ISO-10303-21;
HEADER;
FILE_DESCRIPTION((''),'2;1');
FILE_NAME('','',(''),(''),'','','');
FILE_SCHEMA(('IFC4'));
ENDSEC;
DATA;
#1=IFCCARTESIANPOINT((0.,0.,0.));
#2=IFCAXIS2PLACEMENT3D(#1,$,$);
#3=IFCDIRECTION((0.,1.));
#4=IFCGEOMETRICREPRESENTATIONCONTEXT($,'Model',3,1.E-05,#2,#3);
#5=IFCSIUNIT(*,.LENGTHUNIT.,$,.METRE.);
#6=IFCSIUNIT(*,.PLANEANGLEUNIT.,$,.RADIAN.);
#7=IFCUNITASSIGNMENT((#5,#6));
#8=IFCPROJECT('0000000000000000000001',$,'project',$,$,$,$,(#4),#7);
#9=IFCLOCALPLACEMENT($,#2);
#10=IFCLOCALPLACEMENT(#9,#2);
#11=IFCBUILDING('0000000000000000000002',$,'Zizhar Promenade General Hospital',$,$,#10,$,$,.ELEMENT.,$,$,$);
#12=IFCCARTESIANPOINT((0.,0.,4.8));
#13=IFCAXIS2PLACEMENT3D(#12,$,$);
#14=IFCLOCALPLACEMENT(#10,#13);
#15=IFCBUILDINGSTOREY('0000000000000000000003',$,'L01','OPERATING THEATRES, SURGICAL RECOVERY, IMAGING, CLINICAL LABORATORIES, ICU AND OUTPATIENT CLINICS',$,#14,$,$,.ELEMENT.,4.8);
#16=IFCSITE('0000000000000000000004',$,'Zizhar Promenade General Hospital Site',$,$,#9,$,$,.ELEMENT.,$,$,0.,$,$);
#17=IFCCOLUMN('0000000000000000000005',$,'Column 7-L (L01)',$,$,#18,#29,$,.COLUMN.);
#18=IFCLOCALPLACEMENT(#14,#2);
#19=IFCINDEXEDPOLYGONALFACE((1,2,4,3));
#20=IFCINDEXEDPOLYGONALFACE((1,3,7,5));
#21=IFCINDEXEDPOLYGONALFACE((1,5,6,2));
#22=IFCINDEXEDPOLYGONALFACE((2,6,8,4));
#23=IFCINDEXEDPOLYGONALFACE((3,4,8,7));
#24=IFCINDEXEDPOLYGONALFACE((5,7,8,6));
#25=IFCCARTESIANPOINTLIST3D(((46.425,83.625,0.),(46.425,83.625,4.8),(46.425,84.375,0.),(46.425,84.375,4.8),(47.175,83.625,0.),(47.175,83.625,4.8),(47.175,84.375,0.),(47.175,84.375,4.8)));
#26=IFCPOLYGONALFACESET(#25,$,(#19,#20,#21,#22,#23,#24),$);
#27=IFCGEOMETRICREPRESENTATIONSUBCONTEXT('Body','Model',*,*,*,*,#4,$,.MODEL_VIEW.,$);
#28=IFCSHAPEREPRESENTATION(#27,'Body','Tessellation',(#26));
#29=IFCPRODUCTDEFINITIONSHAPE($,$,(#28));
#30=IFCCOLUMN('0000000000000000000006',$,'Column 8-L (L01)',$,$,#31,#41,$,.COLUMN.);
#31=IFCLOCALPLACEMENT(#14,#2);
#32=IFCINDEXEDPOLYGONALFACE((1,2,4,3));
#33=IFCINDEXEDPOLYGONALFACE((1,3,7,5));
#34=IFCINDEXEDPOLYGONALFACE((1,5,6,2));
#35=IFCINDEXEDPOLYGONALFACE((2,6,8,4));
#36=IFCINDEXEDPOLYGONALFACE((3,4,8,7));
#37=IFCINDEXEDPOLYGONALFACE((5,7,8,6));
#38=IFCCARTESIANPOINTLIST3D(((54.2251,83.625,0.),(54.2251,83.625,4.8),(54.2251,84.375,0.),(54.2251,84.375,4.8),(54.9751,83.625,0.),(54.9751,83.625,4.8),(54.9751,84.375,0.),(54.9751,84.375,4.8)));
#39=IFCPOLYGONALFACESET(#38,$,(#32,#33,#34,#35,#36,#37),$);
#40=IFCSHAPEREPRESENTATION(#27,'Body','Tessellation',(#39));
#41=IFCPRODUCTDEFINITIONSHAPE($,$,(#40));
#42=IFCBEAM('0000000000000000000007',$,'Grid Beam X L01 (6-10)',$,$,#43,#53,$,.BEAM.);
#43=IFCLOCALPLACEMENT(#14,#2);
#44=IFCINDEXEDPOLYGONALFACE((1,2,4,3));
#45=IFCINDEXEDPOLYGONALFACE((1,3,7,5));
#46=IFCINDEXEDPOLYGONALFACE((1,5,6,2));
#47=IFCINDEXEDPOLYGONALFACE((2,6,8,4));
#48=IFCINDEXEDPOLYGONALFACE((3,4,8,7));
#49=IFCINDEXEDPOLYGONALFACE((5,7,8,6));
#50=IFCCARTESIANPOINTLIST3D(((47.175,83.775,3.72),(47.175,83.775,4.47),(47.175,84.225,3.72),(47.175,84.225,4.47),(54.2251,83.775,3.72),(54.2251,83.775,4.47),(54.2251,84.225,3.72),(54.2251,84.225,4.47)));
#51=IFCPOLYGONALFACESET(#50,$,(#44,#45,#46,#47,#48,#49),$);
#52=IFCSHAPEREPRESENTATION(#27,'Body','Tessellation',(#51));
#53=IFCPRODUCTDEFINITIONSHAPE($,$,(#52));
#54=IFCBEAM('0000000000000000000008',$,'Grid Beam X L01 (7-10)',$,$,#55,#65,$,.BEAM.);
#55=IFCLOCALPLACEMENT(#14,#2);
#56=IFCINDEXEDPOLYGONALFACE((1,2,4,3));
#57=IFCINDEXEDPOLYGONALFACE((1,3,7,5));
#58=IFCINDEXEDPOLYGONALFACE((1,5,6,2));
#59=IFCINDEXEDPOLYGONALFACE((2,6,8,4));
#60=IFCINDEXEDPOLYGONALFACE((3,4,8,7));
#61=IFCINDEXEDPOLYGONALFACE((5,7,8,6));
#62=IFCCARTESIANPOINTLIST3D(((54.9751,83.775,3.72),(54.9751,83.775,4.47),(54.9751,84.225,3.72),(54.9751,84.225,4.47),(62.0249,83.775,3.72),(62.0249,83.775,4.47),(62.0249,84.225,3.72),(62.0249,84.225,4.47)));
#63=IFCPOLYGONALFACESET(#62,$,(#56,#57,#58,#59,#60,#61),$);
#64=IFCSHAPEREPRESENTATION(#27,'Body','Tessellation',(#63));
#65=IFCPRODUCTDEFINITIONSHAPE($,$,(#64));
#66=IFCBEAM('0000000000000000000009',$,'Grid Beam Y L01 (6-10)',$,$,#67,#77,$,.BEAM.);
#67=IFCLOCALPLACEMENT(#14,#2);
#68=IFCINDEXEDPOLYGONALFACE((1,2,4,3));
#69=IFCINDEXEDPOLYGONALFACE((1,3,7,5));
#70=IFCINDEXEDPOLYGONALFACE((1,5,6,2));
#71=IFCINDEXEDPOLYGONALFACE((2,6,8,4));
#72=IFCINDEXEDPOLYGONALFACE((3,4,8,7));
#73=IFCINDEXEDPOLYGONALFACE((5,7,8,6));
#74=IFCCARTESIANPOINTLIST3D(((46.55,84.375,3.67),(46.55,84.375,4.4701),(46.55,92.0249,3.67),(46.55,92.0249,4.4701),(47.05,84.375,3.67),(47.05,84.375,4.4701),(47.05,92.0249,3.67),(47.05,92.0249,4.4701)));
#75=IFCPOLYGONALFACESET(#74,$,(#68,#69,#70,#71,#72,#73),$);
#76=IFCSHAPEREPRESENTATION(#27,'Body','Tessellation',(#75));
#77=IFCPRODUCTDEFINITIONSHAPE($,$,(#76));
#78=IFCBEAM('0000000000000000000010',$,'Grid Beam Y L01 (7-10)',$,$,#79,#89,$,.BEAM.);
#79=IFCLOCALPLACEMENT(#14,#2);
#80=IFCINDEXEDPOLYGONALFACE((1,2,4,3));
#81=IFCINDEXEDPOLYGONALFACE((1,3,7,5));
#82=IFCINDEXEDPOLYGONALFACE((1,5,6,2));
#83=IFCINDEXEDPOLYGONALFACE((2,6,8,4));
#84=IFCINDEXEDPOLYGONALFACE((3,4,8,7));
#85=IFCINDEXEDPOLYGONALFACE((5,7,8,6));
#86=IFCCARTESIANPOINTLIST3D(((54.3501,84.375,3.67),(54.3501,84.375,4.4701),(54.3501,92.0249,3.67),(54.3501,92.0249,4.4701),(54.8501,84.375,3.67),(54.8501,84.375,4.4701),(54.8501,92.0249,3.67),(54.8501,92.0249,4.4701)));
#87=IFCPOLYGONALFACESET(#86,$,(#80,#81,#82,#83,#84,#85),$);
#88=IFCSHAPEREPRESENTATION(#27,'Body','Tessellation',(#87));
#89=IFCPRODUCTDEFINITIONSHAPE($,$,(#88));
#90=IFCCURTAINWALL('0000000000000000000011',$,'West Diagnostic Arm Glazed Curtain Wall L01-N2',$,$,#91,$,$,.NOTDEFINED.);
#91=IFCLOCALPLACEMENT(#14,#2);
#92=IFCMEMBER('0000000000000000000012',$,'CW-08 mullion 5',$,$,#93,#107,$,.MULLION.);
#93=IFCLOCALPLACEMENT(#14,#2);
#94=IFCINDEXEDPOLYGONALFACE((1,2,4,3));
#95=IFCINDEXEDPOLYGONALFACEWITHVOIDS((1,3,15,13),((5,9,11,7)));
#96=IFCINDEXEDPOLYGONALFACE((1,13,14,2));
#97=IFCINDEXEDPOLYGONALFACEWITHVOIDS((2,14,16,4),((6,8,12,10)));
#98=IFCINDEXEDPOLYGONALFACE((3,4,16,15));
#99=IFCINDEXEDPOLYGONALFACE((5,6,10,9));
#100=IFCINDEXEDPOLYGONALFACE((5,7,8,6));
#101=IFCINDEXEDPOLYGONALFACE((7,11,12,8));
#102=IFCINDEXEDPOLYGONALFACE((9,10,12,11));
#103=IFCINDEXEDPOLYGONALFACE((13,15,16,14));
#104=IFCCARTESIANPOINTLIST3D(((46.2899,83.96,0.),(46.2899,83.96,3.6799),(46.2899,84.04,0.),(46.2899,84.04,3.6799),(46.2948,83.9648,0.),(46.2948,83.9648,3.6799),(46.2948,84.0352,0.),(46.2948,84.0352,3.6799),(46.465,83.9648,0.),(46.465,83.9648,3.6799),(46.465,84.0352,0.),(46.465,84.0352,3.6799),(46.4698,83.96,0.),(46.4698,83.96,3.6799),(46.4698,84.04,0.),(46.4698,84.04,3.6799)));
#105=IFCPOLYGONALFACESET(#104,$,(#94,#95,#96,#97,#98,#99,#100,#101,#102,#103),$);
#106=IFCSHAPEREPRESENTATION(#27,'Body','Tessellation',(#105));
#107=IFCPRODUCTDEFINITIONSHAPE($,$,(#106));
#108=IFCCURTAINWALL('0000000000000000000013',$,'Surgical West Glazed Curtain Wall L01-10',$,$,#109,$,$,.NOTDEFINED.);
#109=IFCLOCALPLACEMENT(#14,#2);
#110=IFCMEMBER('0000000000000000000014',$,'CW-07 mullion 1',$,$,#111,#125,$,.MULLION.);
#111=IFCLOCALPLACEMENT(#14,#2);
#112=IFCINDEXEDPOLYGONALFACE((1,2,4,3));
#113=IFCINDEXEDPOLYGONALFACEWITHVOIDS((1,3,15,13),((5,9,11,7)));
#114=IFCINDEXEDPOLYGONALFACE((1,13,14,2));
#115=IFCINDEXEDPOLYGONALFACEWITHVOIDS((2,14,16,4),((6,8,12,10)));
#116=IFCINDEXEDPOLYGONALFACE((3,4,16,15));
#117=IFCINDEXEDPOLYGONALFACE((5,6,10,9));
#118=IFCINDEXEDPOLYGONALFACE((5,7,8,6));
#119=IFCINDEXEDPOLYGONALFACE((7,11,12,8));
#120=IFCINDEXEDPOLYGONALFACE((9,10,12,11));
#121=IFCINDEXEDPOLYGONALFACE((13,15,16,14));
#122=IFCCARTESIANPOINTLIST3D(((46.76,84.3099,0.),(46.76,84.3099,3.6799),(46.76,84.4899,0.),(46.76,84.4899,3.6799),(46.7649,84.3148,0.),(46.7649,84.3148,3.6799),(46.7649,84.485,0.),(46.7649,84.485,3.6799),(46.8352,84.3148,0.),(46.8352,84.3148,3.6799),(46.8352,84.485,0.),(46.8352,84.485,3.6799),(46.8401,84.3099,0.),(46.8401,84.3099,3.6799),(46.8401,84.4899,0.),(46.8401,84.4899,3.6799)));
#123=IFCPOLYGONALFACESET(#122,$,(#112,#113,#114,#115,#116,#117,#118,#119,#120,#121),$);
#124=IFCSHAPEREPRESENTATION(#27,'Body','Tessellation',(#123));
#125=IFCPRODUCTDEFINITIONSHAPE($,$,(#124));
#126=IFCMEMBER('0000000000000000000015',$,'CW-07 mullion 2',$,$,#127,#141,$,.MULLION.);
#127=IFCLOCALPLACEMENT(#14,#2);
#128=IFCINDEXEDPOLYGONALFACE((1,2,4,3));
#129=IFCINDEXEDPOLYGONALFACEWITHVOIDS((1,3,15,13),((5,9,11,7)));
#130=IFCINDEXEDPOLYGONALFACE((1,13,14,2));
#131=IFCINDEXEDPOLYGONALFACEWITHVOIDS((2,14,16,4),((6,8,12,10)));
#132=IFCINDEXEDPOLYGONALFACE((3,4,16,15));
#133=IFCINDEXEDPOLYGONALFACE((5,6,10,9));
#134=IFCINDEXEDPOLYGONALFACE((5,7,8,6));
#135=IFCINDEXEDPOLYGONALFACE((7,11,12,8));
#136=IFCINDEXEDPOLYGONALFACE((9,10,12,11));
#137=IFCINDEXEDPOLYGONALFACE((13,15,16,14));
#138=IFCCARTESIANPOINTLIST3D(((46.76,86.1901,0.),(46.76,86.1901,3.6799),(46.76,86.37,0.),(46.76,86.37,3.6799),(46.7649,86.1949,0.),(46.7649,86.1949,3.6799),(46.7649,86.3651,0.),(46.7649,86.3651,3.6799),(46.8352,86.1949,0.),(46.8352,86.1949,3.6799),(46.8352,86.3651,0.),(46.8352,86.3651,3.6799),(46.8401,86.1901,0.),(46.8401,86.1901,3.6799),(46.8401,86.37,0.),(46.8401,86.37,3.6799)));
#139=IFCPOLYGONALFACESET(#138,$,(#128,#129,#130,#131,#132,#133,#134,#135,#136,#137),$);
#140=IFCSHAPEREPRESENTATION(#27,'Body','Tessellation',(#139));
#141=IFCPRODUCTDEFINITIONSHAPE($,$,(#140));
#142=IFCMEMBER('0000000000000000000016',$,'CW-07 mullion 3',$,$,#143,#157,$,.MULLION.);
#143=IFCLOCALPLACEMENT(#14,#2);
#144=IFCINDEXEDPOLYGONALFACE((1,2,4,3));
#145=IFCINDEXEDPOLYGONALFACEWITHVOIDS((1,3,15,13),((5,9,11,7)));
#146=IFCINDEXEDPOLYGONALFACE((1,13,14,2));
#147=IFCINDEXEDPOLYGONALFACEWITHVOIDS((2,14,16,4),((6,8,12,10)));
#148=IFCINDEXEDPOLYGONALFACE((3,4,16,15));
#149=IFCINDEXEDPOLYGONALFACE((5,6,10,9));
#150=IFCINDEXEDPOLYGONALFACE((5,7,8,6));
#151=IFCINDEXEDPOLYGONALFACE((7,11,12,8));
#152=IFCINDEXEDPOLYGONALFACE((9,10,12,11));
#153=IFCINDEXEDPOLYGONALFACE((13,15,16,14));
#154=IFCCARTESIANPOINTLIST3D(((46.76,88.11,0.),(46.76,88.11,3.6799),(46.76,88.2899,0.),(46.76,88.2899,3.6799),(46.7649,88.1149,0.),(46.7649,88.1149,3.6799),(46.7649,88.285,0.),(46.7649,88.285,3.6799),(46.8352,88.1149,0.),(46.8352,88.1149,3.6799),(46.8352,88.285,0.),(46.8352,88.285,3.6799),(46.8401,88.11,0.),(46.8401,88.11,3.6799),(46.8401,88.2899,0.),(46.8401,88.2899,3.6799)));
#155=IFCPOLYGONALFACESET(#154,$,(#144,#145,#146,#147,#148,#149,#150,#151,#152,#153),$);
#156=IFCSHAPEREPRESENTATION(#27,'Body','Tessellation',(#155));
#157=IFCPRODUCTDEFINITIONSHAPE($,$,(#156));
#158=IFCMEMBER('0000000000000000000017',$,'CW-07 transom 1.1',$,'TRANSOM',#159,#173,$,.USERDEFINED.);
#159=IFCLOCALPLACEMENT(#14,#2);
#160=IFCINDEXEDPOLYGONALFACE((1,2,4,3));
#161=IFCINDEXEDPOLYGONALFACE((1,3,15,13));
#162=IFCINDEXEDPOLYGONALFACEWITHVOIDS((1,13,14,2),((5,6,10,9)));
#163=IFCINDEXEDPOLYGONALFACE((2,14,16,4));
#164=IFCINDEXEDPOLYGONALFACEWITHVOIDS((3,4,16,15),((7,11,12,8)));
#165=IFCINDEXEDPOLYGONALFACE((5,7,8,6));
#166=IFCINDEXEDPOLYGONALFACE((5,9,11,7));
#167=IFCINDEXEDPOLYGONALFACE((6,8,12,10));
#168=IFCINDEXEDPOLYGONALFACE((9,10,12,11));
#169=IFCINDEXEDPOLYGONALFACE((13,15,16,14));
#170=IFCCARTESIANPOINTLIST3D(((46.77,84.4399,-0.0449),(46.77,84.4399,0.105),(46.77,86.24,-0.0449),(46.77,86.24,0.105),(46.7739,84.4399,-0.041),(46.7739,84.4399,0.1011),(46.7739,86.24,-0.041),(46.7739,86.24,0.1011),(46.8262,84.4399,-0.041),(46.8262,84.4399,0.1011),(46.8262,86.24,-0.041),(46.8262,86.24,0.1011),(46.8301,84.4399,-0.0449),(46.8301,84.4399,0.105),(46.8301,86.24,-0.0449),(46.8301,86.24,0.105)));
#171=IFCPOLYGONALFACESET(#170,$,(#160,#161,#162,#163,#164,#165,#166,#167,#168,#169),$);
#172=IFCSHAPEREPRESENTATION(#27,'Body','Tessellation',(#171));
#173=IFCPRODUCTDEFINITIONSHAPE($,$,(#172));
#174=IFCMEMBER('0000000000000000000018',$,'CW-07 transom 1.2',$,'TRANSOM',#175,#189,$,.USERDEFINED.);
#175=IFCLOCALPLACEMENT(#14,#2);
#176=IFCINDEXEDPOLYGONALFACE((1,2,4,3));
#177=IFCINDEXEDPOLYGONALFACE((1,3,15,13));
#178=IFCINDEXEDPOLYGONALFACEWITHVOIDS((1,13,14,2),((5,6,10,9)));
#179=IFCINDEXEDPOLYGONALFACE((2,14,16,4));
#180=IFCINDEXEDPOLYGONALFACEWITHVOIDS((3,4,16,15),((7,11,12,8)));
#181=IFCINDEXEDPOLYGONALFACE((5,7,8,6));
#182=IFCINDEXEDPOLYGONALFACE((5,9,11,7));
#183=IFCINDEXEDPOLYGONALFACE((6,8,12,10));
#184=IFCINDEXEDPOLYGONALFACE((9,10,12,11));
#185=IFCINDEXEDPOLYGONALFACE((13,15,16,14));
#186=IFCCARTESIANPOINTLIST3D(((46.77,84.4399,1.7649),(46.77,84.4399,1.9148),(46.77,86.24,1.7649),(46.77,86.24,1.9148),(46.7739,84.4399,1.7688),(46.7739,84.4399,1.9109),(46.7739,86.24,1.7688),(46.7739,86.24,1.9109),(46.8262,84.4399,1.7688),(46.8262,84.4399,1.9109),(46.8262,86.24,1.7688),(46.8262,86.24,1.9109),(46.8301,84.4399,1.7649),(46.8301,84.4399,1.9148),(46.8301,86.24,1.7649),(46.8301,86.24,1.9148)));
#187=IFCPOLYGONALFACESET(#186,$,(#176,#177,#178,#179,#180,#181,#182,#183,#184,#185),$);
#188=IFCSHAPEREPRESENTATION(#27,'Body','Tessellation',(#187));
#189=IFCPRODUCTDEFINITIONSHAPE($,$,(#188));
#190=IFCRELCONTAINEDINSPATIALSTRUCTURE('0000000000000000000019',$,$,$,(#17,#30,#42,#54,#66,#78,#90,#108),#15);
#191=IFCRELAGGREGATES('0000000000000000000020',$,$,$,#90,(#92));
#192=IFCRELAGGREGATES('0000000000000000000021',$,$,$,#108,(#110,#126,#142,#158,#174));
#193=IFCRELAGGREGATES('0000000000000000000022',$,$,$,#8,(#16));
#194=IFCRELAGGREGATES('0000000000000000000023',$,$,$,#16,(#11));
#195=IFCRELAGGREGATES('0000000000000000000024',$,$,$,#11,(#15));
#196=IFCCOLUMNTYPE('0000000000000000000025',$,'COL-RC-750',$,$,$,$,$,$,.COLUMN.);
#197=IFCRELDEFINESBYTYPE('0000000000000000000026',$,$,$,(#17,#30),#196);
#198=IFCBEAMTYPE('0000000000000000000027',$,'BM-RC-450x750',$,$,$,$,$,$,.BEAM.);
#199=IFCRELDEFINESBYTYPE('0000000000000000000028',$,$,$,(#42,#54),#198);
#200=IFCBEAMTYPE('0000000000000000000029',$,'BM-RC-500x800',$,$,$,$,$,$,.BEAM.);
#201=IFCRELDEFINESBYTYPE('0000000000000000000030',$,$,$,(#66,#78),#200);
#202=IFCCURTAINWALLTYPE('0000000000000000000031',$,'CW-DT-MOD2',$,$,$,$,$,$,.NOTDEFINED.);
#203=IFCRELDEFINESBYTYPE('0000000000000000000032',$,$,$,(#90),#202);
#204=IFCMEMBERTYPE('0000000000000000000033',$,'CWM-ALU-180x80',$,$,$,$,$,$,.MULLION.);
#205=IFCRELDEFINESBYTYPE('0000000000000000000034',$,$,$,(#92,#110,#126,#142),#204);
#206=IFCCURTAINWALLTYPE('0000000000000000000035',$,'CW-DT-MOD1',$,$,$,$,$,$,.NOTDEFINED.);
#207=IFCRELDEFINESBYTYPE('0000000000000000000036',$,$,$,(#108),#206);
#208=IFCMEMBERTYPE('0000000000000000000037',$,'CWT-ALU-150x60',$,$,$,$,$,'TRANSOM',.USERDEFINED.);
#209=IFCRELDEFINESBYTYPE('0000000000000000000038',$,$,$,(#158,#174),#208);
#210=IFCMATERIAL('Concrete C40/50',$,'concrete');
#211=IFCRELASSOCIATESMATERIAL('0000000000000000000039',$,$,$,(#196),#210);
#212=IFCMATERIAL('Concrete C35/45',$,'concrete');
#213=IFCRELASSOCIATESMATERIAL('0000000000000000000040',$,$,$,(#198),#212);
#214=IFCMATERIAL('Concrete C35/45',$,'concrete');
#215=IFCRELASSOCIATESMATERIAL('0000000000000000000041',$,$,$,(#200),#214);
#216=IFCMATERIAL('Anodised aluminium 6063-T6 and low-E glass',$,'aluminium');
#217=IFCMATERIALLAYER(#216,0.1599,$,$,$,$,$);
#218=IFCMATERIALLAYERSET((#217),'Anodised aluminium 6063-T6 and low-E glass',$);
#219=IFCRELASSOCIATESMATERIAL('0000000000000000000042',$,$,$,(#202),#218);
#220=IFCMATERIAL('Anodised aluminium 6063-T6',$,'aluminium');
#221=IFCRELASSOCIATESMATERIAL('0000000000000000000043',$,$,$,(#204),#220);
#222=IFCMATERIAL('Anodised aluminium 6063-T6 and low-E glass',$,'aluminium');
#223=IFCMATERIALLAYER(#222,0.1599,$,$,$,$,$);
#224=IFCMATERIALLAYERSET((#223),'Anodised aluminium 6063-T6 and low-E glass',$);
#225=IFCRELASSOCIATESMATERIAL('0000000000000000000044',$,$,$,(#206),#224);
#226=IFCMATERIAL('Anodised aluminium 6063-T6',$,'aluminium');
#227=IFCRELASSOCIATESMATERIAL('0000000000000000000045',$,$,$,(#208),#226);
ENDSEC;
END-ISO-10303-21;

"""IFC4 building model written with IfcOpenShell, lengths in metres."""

from ifc_helpers import new_model, si_unit, direction, frame, origin, origin_2d, place, context, subcontext, project, spatial, rectangle, hollow_rectangle, extrude, material, layer, layer_set, material_profile, profile_set, type_object, element, aggregate, save


model = new_model("IFC4")

# Units and contexts
model_context = context("Model", 3, precision=1e-05, world=origin(), true_north=direction((0.0, 1.0)))
body_context = subcontext(model_context, "Body", "Model", "MODEL_VIEW")
ifc_project = project(units=[si_unit("LENGTHUNIT", "METRE"), si_unit("PLANEANGLEUNIT", "RADIAN")], contexts=[model_context])

# Site, building, storey
site_placement = place(None, origin())
site = spatial("IfcSite", under=ifc_project, at=site_placement, Name="Zizhar Promenade General Hospital Site", CompositionType="ELEMENT", RefElevation=0.0)
building_placement = place(site_placement, origin())
building = spatial("IfcBuilding", under=site, at=building_placement, Name="Zizhar Promenade General Hospital", CompositionType="ELEMENT")
storey_placement = place(building_placement, frame((0.0, 0.0, 4.8)))
storey = spatial("IfcBuildingStorey", under=building, at=storey_placement, Name="L01", Description="OPERATING THEATRES, SURGICAL RECOVERY, IMAGING, CLINICAL LABORATORIES, ICU AND OUTPATIENT CLINICS", CompositionType="ELEMENT", Elevation=4.8)

# Columns
ifc_material_1 = material(Name="Concrete C40/50", Category="concrete")
ifc_material_profile_1 = material_profile(ifc_material_1, rectangle(XDim=0.75, YDim=0.75, at=origin_2d()))
ifc_profile_set_1 = profile_set([ifc_material_profile_1], Name="Concrete C40/50")
column_type = type_object("IfcColumnType", Name="COL-RC-750", PredefinedType="COLUMN", material=ifc_profile_set_1)
for number, where, z_axis, x_axis, name in (
    (1, (46.8, 84.0, 0.0), (0.0, 0.0, 1.0), (1.0, 0.0, 0.0), "Column 7-L (L01)"),
    (2, (54.6001, 84.0, 0.0), (0.0, 0.0, 1.0), (1.0, 0.0, 0.0), "Column 8-L (L01)"),
):
    element("IfcColumn", number, at=place(storey_placement, frame(where, z_axis=z_axis, x_axis=x_axis)), inside=storey, type_object=column_type, Name=name, PredefinedType="COLUMN", context=body_context, shape_type="SweptSolid", body=[
        extrude(rectangle(XDim=0.75, YDim=0.75, at=origin_2d()), origin(), (0.0, 0.0, 1.0), 4.8),
    ])

# Beams
ifc_material_2 = material(Name="Concrete C35/45", Category="concrete")
ifc_material_profile_2 = material_profile(ifc_material_2, rectangle(XDim=0.45, YDim=0.75, at=origin_2d()))
ifc_profile_set_2 = profile_set([ifc_material_profile_2], Name="Concrete C35/45")
beam_type_1 = type_object("IfcBeamType", Name="BM-RC-450x750", PredefinedType="BEAM", material=ifc_profile_set_2)
beam_1_placement = place(storey_placement, frame((47.175, 84.0, 4.095), z_axis=(1.0, 0.0, 0.0), x_axis=(0.0, 1.0, 0.0)))
element("IfcBeam", 3, at=beam_1_placement, inside=storey, type_object=beam_type_1, Name="Grid Beam X L01 (6-10)", PredefinedType="BEAM", context=body_context, shape_type="SweptSolid", body=[
    extrude(rectangle(XDim=0.45, YDim=0.75, at=origin_2d()), origin(), (0.0, 0.0, 1.0), 7.05),
])
beam_2_placement = place(storey_placement, frame((54.9751, 84.0, 4.095), z_axis=(1.0, 0.0, 0.0), x_axis=(0.0, 1.0, 0.0)))
element("IfcBeam", 4, at=beam_2_placement, inside=storey, type_object=beam_type_1, Name="Grid Beam X L01 (7-10)", PredefinedType="BEAM", context=body_context, shape_type="SweptSolid", body=[
    extrude(rectangle(XDim=0.45, YDim=0.75, at=origin_2d()), origin(), (0.0, 0.0, 1.0), 7.0498),
])
ifc_material_3 = material(Name="Concrete C35/45", Category="concrete")
ifc_material_profile_3 = material_profile(ifc_material_3, rectangle(XDim=0.5, YDim=0.8, at=origin_2d()))
ifc_profile_set_3 = profile_set([ifc_material_profile_3], Name="Concrete C35/45")
beam_type_2 = type_object("IfcBeamType", Name="BM-RC-500x800", PredefinedType="BEAM", material=ifc_profile_set_3)
for number, where, z_axis, x_axis, name in (
    (5, (46.8, 84.375, 4.0701), (0.0, 1.0, 0.0), (-1.0, 0.0, 0.0), "Grid Beam Y L01 (6-10)"),
    (6, (54.6001, 84.375, 4.0701), (0.0, 1.0, 0.0), (-1.0, 0.0, 0.0), "Grid Beam Y L01 (7-10)"),
):
    element("IfcBeam", number, at=place(storey_placement, frame(where, z_axis=z_axis, x_axis=x_axis)), inside=storey, type_object=beam_type_2, Name=name, PredefinedType="BEAM", context=body_context, shape_type="SweptSolid", body=[
        extrude(rectangle(XDim=0.5, YDim=0.8, at=origin_2d()), origin(), (0.0, 0.0, 1.0), 7.6499),
    ])

# Curtain wall, member
ifc_material_4 = material(Name="Anodised aluminium 6063-T6 and low-E glass", Category="aluminium")
ifc_layer_1 = layer(ifc_material_4, 0.1599)
ifc_layer_set_1 = layer_set([ifc_layer_1], Name="Anodised aluminium 6063-T6 and low-E glass")
curtain_wall_type_1 = type_object("IfcCurtainWallType", Name="CW-DT-MOD2", PredefinedType="NOTDEFINED", material=ifc_layer_set_1)
curtain_wall_1_placement = place(storey_placement, origin())
curtain_wall_1 = element("IfcCurtainWall", 7, at=curtain_wall_1_placement, inside=storey, type_object=curtain_wall_type_1, Name="West Diagnostic Arm Glazed Curtain Wall L01-N2", PredefinedType="NOTDEFINED")
ifc_material_5 = material(Name="Anodised aluminium 6063-T6", Category="aluminium")
ifc_material_profile_4 = material_profile(ifc_material_5, hollow_rectangle(XDim=0.0801, YDim=0.1799, WallThickness=0.0049, at=origin_2d()))
ifc_profile_set_4 = profile_set([ifc_material_profile_4], Name="Anodised aluminium 6063-T6")
member_type_1 = type_object("IfcMemberType", Name="CWM-ALU-180x80", PredefinedType="MULLION", material=ifc_profile_set_4)
member_1_placement = place(storey_placement, frame((46.3799, 84.0, 0.0), z_axis=(0.0, 0.0, 1.0), x_axis=(0.0, 1.0, 0.0)))
member_1 = element("IfcMember", 8, at=member_1_placement, type_object=member_type_1, Name="CW-08 mullion 5", PredefinedType="MULLION", context=body_context, shape_type="SweptSolid", body=[
    extrude(hollow_rectangle(XDim=0.0801, YDim=0.1799, WallThickness=0.0049, at=origin_2d()), origin(), (0.0, 0.0, 1.0), 3.6799),
])

# Curtain wall, members
ifc_material_6 = material(Name="Anodised aluminium 6063-T6 and low-E glass", Category="aluminium")
ifc_layer_2 = layer(ifc_material_6, 0.1599)
ifc_layer_set_2 = layer_set([ifc_layer_2], Name="Anodised aluminium 6063-T6 and low-E glass")
curtain_wall_type_2 = type_object("IfcCurtainWallType", Name="CW-DT-MOD1", PredefinedType="NOTDEFINED", material=ifc_layer_set_2)
curtain_wall_2_placement = place(storey_placement, origin())
curtain_wall_2 = element("IfcCurtainWall", 9, at=curtain_wall_2_placement, inside=storey, type_object=curtain_wall_type_2, Name="Surgical West Glazed Curtain Wall L01-10", PredefinedType="NOTDEFINED")
member_2_placement = place(storey_placement, frame((46.8, 84.3999, 0.0), z_axis=(0.0, 0.0, 1.0), x_axis=(-1.0, 0.0, 0.0)))
member_2 = element("IfcMember", 10, at=member_2_placement, type_object=member_type_1, Name="CW-07 mullion 1", PredefinedType="MULLION", context=body_context, shape_type="SweptSolid", body=[
    extrude(hollow_rectangle(XDim=0.0801, YDim=0.1799, WallThickness=0.0049, at=origin_2d()), origin(), (0.0, 0.0, 1.0), 3.6799),
])
member_3_placement = place(storey_placement, frame((46.8, 86.28, 0.0), z_axis=(0.0, 0.0, 1.0), x_axis=(-1.0, 0.0, 0.0)))
member_3 = element("IfcMember", 11, at=member_3_placement, type_object=member_type_1, Name="CW-07 mullion 2", PredefinedType="MULLION", context=body_context, shape_type="SweptSolid", body=[
    extrude(hollow_rectangle(XDim=0.0801, YDim=0.1799, WallThickness=0.0049, at=origin_2d()), origin(), (0.0, 0.0, 1.0), 3.6799),
])
member_4_placement = place(storey_placement, frame((46.8, 88.2, 0.0), z_axis=(0.0, 0.0, 1.0), x_axis=(-1.0, 0.0, 0.0)))
member_4 = element("IfcMember", 12, at=member_4_placement, type_object=member_type_1, Name="CW-07 mullion 3", PredefinedType="MULLION", context=body_context, shape_type="SweptSolid", body=[
    extrude(hollow_rectangle(XDim=0.0801, YDim=0.1799, WallThickness=0.0049, at=origin_2d()), origin(), (0.0, 0.0, 1.0), 3.6799),
])
ifc_material_7 = material(Name="Anodised aluminium 6063-T6", Category="aluminium")
ifc_material_profile_5 = material_profile(ifc_material_7, hollow_rectangle(XDim=0.0601, YDim=0.1499, WallThickness=0.0039, at=origin_2d()))
ifc_profile_set_5 = profile_set([ifc_material_profile_5], Name="Anodised aluminium 6063-T6")
member_type_2 = type_object("IfcMemberType", Name="CWT-ALU-150x60", ElementType="TRANSOM", PredefinedType="USERDEFINED", material=ifc_profile_set_5)
member_5_placement = place(storey_placement, frame((46.8, 84.4399, 0.03), z_axis=(0.0, 1.0, 0.0), x_axis=(-1.0, 0.0, 0.0)))
member_5 = element("IfcMember", 13, at=member_5_placement, type_object=member_type_2, Name="CW-07 transom 1.1", ObjectType="TRANSOM", PredefinedType="USERDEFINED", context=body_context, shape_type="SweptSolid", body=[
    extrude(hollow_rectangle(XDim=0.0601, YDim=0.1499, WallThickness=0.0039, at=origin_2d()), origin(), (0.0, 0.0, 1.0), 1.8),
])
member_6_placement = place(storey_placement, frame((46.8, 84.4399, 1.8398), z_axis=(0.0, 1.0, 0.0), x_axis=(-1.0, 0.0, 0.0)))
member_6 = element("IfcMember", 14, at=member_6_placement, type_object=member_type_2, Name="CW-07 transom 1.2", ObjectType="TRANSOM", PredefinedType="USERDEFINED", context=body_context, shape_type="SweptSolid", body=[
    extrude(hollow_rectangle(XDim=0.0601, YDim=0.1499, WallThickness=0.0039, at=origin_2d()), origin(), (0.0, 0.0, 1.0), 1.8),
])

aggregate(curtain_wall_1, [member_1])
aggregate(curtain_wall_2, [member_2, member_3, member_4, member_5, member_6])

save(model, "model.ifc")
